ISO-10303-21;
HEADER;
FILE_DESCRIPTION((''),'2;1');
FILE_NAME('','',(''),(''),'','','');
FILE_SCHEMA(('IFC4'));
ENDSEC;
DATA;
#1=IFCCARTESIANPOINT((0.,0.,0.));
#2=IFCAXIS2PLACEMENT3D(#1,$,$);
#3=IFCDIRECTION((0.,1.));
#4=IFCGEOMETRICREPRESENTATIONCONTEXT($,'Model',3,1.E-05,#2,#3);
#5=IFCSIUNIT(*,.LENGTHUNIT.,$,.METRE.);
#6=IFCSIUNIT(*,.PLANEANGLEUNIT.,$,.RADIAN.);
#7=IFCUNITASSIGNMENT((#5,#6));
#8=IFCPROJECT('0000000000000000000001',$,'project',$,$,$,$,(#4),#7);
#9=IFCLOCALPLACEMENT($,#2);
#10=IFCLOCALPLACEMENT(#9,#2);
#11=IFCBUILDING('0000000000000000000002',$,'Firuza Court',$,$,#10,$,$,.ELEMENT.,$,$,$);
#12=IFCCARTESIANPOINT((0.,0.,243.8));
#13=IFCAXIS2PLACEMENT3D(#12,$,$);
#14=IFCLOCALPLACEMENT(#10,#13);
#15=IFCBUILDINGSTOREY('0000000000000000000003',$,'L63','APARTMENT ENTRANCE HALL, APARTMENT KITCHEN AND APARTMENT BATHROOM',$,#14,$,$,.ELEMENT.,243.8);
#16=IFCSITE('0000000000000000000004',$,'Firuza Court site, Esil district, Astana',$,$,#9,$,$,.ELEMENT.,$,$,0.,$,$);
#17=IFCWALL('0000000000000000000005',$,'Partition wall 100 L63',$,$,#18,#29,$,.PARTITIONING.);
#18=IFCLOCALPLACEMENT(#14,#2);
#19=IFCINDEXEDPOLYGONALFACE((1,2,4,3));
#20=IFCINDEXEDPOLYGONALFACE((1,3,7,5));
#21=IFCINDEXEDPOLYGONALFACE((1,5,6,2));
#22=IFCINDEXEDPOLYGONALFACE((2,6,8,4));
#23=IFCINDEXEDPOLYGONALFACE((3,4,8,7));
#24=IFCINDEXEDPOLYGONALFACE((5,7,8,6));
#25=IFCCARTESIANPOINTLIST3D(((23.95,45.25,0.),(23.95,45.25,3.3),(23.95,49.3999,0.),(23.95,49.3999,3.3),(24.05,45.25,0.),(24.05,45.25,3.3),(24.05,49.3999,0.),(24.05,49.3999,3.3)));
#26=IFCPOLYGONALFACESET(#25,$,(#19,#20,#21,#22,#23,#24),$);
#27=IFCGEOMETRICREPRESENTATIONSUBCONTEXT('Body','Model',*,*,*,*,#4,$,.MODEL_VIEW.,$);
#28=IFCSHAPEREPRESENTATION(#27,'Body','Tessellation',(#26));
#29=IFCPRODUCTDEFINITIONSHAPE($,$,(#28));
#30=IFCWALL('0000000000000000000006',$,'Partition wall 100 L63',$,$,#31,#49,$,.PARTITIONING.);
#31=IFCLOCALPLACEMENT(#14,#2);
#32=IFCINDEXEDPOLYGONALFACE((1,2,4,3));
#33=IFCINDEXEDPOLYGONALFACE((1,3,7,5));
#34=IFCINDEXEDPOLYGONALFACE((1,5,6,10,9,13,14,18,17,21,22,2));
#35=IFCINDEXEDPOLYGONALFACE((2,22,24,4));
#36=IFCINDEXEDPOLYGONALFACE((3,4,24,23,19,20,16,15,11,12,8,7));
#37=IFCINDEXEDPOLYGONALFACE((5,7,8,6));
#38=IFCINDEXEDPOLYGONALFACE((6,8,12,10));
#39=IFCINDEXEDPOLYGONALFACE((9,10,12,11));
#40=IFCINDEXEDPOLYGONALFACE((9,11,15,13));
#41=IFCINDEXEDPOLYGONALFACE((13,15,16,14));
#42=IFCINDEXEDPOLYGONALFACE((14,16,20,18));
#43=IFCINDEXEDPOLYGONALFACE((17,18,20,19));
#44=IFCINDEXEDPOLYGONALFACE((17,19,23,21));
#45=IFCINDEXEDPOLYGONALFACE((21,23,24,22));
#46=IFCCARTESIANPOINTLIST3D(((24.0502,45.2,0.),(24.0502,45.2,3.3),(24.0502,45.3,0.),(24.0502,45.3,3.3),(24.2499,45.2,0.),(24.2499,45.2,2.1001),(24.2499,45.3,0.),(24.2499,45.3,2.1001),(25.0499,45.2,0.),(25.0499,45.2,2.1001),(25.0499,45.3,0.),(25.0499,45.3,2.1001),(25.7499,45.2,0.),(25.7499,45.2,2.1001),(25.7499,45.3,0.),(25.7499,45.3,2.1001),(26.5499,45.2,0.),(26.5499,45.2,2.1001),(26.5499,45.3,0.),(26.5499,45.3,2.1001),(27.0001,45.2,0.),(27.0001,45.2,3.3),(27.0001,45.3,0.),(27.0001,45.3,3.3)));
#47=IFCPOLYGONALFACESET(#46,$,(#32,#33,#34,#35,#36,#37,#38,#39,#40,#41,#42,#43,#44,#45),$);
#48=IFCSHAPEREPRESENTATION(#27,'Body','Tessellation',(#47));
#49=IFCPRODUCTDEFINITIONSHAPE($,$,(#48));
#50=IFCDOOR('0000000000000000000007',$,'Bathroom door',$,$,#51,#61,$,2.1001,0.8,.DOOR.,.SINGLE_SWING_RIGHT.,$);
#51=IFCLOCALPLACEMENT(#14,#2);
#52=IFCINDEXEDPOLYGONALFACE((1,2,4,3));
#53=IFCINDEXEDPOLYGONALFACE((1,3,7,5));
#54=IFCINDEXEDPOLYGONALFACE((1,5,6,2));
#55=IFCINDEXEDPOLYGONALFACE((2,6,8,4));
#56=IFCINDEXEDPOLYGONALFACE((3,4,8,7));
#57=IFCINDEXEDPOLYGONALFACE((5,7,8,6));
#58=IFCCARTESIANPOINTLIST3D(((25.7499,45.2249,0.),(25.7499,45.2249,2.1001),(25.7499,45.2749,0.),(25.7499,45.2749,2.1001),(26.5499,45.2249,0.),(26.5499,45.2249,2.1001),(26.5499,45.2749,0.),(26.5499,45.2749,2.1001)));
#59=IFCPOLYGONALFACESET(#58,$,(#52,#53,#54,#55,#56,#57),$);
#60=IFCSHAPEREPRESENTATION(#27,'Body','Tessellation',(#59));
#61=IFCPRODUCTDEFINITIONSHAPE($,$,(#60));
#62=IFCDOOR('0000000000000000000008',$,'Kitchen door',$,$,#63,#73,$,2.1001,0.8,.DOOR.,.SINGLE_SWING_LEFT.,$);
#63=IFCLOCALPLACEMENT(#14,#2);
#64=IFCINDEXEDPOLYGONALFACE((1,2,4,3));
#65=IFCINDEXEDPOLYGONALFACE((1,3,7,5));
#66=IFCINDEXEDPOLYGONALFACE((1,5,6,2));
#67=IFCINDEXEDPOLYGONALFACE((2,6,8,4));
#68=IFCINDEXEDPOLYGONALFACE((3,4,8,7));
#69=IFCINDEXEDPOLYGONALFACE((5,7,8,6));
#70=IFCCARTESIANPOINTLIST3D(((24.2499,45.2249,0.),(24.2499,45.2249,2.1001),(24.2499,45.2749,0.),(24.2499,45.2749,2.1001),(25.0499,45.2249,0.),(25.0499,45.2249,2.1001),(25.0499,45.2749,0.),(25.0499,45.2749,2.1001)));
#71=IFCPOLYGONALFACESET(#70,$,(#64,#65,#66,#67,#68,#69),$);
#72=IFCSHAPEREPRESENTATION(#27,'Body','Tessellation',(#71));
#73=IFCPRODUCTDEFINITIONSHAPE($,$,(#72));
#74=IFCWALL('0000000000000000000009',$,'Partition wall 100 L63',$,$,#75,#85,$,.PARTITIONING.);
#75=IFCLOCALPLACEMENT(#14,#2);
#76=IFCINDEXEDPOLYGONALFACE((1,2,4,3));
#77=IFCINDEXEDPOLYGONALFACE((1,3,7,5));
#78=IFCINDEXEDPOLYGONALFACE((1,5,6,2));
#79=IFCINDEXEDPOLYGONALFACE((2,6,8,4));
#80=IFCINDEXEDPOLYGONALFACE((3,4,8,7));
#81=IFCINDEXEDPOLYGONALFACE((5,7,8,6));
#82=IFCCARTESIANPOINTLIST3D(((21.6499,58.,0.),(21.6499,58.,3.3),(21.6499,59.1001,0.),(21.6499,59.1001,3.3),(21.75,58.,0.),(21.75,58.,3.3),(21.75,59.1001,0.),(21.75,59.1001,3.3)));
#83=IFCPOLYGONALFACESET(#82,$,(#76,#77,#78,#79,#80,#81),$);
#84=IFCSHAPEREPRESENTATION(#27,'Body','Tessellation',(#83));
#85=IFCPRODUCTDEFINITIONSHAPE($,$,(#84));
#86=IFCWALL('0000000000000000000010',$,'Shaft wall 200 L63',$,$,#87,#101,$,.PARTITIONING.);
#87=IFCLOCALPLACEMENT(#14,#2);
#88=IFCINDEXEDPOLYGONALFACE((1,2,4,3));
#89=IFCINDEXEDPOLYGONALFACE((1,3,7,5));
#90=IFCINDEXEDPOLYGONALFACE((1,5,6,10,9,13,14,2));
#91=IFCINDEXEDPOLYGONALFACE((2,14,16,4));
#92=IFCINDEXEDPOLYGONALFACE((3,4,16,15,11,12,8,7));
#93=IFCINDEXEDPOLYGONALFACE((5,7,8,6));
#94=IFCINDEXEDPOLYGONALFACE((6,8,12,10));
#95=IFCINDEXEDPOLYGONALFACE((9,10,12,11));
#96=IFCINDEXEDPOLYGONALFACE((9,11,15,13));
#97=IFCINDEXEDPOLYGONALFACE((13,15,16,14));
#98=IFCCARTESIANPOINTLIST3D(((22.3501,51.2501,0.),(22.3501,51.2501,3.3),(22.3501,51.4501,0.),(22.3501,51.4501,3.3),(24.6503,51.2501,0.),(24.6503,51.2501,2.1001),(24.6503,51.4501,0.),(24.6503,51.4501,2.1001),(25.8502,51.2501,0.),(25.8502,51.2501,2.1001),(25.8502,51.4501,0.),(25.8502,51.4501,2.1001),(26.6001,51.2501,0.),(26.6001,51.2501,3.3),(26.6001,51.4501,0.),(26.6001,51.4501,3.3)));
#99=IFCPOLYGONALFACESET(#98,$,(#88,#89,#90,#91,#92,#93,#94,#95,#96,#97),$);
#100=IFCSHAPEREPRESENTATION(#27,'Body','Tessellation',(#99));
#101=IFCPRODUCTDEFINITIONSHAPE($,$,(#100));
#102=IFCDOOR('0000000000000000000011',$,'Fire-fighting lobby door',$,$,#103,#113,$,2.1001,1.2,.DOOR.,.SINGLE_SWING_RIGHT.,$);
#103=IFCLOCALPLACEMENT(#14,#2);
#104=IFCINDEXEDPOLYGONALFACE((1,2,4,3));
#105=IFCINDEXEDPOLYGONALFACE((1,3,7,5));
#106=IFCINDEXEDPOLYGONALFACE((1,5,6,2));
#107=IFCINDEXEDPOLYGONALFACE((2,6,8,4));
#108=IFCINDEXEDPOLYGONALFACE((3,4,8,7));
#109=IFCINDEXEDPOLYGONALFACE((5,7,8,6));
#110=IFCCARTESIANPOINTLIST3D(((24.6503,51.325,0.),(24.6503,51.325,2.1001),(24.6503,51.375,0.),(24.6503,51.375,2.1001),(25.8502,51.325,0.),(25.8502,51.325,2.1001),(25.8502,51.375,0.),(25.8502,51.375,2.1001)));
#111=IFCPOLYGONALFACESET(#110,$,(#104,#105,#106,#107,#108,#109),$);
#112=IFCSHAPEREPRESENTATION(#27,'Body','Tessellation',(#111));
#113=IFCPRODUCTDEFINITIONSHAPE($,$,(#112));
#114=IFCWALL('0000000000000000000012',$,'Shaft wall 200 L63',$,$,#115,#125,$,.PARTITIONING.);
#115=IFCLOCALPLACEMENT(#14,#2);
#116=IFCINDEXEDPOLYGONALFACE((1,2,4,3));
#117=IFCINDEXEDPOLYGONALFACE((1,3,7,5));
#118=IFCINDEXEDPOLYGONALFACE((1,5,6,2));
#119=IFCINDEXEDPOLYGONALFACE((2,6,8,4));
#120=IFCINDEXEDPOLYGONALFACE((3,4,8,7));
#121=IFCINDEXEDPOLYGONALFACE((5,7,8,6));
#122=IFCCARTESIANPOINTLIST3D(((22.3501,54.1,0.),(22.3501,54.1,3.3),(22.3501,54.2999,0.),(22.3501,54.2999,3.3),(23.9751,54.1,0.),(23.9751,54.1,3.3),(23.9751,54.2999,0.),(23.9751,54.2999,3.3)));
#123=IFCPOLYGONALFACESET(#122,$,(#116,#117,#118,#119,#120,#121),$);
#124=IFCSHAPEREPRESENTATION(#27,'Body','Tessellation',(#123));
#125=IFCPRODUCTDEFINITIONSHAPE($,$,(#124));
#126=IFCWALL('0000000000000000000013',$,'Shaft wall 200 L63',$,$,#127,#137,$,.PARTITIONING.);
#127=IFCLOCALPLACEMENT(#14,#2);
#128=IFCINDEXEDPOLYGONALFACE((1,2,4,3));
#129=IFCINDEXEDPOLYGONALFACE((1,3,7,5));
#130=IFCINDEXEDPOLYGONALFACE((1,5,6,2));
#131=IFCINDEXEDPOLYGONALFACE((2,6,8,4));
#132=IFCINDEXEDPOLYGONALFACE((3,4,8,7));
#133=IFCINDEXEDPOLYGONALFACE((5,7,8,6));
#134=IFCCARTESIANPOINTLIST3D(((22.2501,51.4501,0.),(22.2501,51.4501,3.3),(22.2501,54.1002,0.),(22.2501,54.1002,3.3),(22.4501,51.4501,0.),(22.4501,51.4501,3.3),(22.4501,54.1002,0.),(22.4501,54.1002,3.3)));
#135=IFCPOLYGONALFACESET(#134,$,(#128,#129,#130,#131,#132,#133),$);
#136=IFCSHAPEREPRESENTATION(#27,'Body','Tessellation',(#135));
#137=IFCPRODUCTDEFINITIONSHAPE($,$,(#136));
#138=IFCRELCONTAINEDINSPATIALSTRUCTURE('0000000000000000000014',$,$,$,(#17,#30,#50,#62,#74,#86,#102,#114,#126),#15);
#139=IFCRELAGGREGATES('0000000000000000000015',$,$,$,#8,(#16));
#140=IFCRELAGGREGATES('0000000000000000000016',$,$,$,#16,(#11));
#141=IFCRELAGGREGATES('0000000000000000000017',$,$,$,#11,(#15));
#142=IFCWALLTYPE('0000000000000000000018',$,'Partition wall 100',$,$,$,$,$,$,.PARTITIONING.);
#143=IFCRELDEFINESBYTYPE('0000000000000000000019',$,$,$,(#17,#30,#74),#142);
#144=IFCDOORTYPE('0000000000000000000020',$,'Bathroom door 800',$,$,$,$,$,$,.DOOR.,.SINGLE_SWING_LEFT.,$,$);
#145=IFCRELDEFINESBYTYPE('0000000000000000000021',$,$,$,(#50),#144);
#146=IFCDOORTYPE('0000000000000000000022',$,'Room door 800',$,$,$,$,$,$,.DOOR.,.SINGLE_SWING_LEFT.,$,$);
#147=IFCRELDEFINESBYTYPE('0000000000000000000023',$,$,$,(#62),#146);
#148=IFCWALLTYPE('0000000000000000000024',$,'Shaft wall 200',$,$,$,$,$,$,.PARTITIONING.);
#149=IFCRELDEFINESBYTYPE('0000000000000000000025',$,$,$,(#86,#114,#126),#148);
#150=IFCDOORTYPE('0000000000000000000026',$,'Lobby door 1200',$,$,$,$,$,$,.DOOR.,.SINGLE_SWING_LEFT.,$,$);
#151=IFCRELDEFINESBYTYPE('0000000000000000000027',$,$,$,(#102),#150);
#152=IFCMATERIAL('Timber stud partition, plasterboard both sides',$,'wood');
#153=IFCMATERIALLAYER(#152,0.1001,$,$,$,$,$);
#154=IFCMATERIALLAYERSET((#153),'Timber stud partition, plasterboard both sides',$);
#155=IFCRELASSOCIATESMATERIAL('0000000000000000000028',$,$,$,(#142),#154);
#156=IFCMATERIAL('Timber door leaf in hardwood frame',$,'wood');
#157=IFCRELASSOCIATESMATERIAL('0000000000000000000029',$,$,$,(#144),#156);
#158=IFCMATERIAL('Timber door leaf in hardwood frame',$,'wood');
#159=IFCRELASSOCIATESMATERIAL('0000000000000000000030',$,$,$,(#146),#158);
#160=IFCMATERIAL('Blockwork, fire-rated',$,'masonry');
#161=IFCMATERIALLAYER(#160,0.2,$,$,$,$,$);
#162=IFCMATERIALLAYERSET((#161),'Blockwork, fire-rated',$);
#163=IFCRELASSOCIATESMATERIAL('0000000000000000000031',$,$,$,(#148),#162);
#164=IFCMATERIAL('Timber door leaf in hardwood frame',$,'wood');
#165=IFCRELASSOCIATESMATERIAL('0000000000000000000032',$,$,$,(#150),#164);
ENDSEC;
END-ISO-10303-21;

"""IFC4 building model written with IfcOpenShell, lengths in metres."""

from ifc_helpers import new_model, si_unit, direction, frame, frame_2d, origin, place, context, subcontext, project, spatial, rectangle, extrude, material, layer, layer_set, type_object, element, fill, save


model = new_model("IFC4")

# Units and contexts
model_context = context("Model", 3, precision=1e-05, world=origin(), true_north=direction((0.0, 1.0)))
body_context = subcontext(model_context, "Body", "Model", "MODEL_VIEW")
ifc_project = project(units=[si_unit("LENGTHUNIT", "METRE"), si_unit("PLANEANGLEUNIT", "RADIAN")], contexts=[model_context])

# Site, building, storey
site_placement = place(None, origin())
site = spatial("IfcSite", under=ifc_project, at=site_placement, Name="Firuza Court site, Esil district, Astana", CompositionType="ELEMENT", RefElevation=0.0)
building_placement = place(site_placement, origin())
building = spatial("IfcBuilding", under=site, at=building_placement, Name="Firuza Court", CompositionType="ELEMENT")
storey_placement = place(building_placement, frame((0.0, 0.0, 243.8)))
storey = spatial("IfcBuildingStorey", under=building, at=storey_placement, Name="L63", Description="APARTMENT ENTRANCE HALL, APARTMENT KITCHEN AND APARTMENT BATHROOM", CompositionType="ELEMENT", Elevation=243.8)

# Shared definitions
ifc_material_1 = material(Name="Timber stud partition, plasterboard both sides", Category="wood")
ifc_layer_1 = layer(ifc_material_1, 0.1001)
ifc_layer_set_1 = layer_set([ifc_layer_1], Name="Timber stud partition, plasterboard both sides")
wall_type_1 = type_object("IfcWallType", Name="Partition wall 100", PredefinedType="PARTITIONING", material=ifc_layer_set_1)

# Wall
wall_1_placement = place(storey_placement, frame((24.0, 45.25, 0.0), z_axis=(0.0, 0.0, 1.0), x_axis=(0.0, 1.0, 0.0)))
element("IfcWall", 1, at=wall_1_placement, inside=storey, type_object=wall_type_1, Name="Partition wall 100 L63", PredefinedType="PARTITIONING", context=body_context, shape_type="SweptSolid", body=[
    extrude(rectangle(XDim=4.1499, YDim=0.1001, at=frame_2d((2.075, 0.0))), origin(), (0.0, 0.0, 1.0), 3.3),
])

# Wall, openings, doors
wall_2_placement = place(storey_placement, frame((24.05, 45.25, 0.0), z_axis=(0.0, 0.0, 1.0), x_axis=(1.0, 0.0, 0.0)))
wall_2 = element("IfcWall", 2, at=wall_2_placement, inside=storey, type_object=wall_type_1, Name="Partition wall 100 L63", PredefinedType="PARTITIONING", context=body_context, shape_type="SweptSolid", body=[
    extrude(rectangle(XDim=2.95, YDim=0.1001, at=frame_2d((1.4751, 0.0))), origin(), (0.0, 0.0, 1.0), 3.3),
])
opening_1_placement = place(wall_2_placement, frame((1.7, 0.0, 0.0)))
opening_1 = element("IfcOpeningElement", 3, at=opening_1_placement, cuts=wall_2, PredefinedType="OPENING", context=body_context, shape_type="SweptSolid", body=[
    extrude(rectangle(XDim=0.8, YDim=2.1001, at=frame_2d((0.3999, 1.05))), frame((0.0, 0.062, 0.0), z_axis=(0.0, -1.0, 0.0), x_axis=(1.0, 0.0, 0.0)), (0.0, 0.0, 1.0), 0.124),
])
opening_2_placement = place(wall_2_placement, frame((0.2, 0.0, 0.0)))
opening_2 = element("IfcOpeningElement", 4, at=opening_2_placement, cuts=wall_2, PredefinedType="OPENING", context=body_context, shape_type="SweptSolid", body=[
    extrude(rectangle(XDim=0.8, YDim=2.1001, at=frame_2d((0.3999, 1.05))), frame((0.0, 0.062, 0.0), z_axis=(0.0, -1.0, 0.0), x_axis=(1.0, 0.0, 0.0)), (0.0, 0.0, 1.0), 0.124),
])
ifc_material_2 = material(Name="Timber door leaf in hardwood frame", Category="wood")
door_type_1 = type_object("IfcDoorType", Name="Bathroom door 800", OperationType="SINGLE_SWING_LEFT", PredefinedType="DOOR", material=ifc_material_2)
door_1_placement = place(opening_1_placement, origin())
door_1 = element("IfcDoor", 5, at=door_1_placement, inside=storey, type_object=door_type_1, Name="Bathroom door", OperationType="SINGLE_SWING_RIGHT", OverallHeight=2.1001, OverallWidth=0.8, PredefinedType="DOOR", context=body_context, shape_type="SweptSolid", body=[
    extrude(rectangle(XDim=0.8, YDim=2.1001, at=frame_2d((0.3999, 1.05))), frame((0.0, 0.0249, 0.0), z_axis=(0.0, -1.0, 0.0), x_axis=(1.0, 0.0, 0.0)), (0.0, 0.0, 1.0), 0.05),
])
fill(opening_1, door_1)
ifc_material_3 = material(Name="Timber door leaf in hardwood frame", Category="wood")
door_type_2 = type_object("IfcDoorType", Name="Room door 800", OperationType="SINGLE_SWING_LEFT", PredefinedType="DOOR", material=ifc_material_3)
door_2_placement = place(opening_2_placement, origin())
door_2 = element("IfcDoor", 6, at=door_2_placement, inside=storey, type_object=door_type_2, Name="Kitchen door", OperationType="SINGLE_SWING_LEFT", OverallHeight=2.1001, OverallWidth=0.8, PredefinedType="DOOR", context=body_context, shape_type="SweptSolid", body=[
    extrude(rectangle(XDim=0.8, YDim=2.1001, at=frame_2d((0.3999, 1.05))), frame((0.0, 0.0249, 0.0), z_axis=(0.0, -1.0, 0.0), x_axis=(1.0, 0.0, 0.0)), (0.0, 0.0, 1.0), 0.05),
])
fill(opening_2, door_2)

# Wall
wall_3_placement = place(storey_placement, frame((21.7, 58.0, 0.0), z_axis=(0.0, 0.0, 1.0), x_axis=(0.0, 1.0, 0.0)))
element("IfcWall", 7, at=wall_3_placement, inside=storey, type_object=wall_type_1, Name="Partition wall 100 L63", PredefinedType="PARTITIONING", context=body_context, shape_type="SweptSolid", body=[
    extrude(rectangle(XDim=1.1001, YDim=0.1001, at=frame_2d((0.55, 0.0))), origin(), (0.0, 0.0, 1.0), 3.3),
])

# Wall, opening, door
ifc_material_4 = material(Name="Blockwork, fire-rated", Category="masonry")
ifc_layer_2 = layer(ifc_material_4, 0.2)
ifc_layer_set_2 = layer_set([ifc_layer_2], Name="Blockwork, fire-rated")
wall_type_2 = type_object("IfcWallType", Name="Shaft wall 200", PredefinedType="PARTITIONING", material=ifc_layer_set_2)
wall_4_placement = place(storey_placement, frame((22.3501, 51.3501, 0.0), z_axis=(0.0, 0.0, 1.0), x_axis=(1.0, 0.0, 0.0)))
wall_4 = element("IfcWall", 8, at=wall_4_placement, inside=storey, type_object=wall_type_2, Name="Shaft wall 200 L63", PredefinedType="PARTITIONING", context=body_context, shape_type="SweptSolid", body=[
    extrude(rectangle(XDim=4.25, YDim=0.2, at=frame_2d((2.125, 0.0))), origin(), (0.0, 0.0, 1.0), 3.3),
])
opening_3_placement = place(wall_4_placement, frame((2.3, 0.0, 0.0)))
opening_3 = element("IfcOpeningElement", 9, at=opening_3_placement, cuts=wall_4, PredefinedType="OPENING", context=body_context, shape_type="SweptSolid", body=[
    extrude(rectangle(XDim=1.2, YDim=2.1001, at=frame_2d((0.6001, 1.05))), frame((0.0, 0.1118, 0.0), z_axis=(0.0, -1.0, 0.0), x_axis=(1.0, 0.0, 0.0)), (0.0, 0.0, 1.0), 0.2239),
])
ifc_material_5 = material(Name="Timber door leaf in hardwood frame", Category="wood")
door_type_3 = type_object("IfcDoorType", Name="Lobby door 1200", OperationType="SINGLE_SWING_LEFT", PredefinedType="DOOR", material=ifc_material_5)
door_3_placement = place(opening_3_placement, origin())
door_3 = element("IfcDoor", 10, at=door_3_placement, inside=storey, type_object=door_type_3, Name="Fire-fighting lobby door", OperationType="SINGLE_SWING_RIGHT", OverallHeight=2.1001, OverallWidth=1.2, PredefinedType="DOOR", context=body_context, shape_type="SweptSolid", body=[
    extrude(rectangle(XDim=1.2, YDim=2.1001, at=frame_2d((0.6001, 1.05))), frame((0.0, 0.0249, 0.0), z_axis=(0.0, -1.0, 0.0), x_axis=(1.0, 0.0, 0.0)), (0.0, 0.0, 1.0), 0.05),
])
fill(opening_3, door_3)

# Walls
wall_5_placement = place(storey_placement, frame((22.3501, 54.2, 0.0), z_axis=(0.0, 0.0, 1.0), x_axis=(1.0, 0.0, 0.0)))
element("IfcWall", 11, at=wall_5_placement, inside=storey, type_object=wall_type_2, Name="Shaft wall 200 L63", PredefinedType="PARTITIONING", context=body_context, shape_type="SweptSolid", body=[
    extrude(rectangle(XDim=1.625, YDim=0.2, at=frame_2d((0.8125, 0.0))), origin(), (0.0, 0.0, 1.0), 3.3),
])
wall_6_placement = place(storey_placement, frame((22.3501, 51.45, 0.0), z_axis=(0.0, 0.0, 1.0), x_axis=(0.0, 1.0, 0.0)))
element("IfcWall", 12, at=wall_6_placement, inside=storey, type_object=wall_type_2, Name="Shaft wall 200 L63", PredefinedType="PARTITIONING", context=body_context, shape_type="SweptSolid", body=[
    extrude(rectangle(XDim=2.6501, YDim=0.2, at=frame_2d((1.3252, 0.0))), origin(), (0.0, 0.0, 1.0), 3.3),
])

save(model, "model.ifc")
